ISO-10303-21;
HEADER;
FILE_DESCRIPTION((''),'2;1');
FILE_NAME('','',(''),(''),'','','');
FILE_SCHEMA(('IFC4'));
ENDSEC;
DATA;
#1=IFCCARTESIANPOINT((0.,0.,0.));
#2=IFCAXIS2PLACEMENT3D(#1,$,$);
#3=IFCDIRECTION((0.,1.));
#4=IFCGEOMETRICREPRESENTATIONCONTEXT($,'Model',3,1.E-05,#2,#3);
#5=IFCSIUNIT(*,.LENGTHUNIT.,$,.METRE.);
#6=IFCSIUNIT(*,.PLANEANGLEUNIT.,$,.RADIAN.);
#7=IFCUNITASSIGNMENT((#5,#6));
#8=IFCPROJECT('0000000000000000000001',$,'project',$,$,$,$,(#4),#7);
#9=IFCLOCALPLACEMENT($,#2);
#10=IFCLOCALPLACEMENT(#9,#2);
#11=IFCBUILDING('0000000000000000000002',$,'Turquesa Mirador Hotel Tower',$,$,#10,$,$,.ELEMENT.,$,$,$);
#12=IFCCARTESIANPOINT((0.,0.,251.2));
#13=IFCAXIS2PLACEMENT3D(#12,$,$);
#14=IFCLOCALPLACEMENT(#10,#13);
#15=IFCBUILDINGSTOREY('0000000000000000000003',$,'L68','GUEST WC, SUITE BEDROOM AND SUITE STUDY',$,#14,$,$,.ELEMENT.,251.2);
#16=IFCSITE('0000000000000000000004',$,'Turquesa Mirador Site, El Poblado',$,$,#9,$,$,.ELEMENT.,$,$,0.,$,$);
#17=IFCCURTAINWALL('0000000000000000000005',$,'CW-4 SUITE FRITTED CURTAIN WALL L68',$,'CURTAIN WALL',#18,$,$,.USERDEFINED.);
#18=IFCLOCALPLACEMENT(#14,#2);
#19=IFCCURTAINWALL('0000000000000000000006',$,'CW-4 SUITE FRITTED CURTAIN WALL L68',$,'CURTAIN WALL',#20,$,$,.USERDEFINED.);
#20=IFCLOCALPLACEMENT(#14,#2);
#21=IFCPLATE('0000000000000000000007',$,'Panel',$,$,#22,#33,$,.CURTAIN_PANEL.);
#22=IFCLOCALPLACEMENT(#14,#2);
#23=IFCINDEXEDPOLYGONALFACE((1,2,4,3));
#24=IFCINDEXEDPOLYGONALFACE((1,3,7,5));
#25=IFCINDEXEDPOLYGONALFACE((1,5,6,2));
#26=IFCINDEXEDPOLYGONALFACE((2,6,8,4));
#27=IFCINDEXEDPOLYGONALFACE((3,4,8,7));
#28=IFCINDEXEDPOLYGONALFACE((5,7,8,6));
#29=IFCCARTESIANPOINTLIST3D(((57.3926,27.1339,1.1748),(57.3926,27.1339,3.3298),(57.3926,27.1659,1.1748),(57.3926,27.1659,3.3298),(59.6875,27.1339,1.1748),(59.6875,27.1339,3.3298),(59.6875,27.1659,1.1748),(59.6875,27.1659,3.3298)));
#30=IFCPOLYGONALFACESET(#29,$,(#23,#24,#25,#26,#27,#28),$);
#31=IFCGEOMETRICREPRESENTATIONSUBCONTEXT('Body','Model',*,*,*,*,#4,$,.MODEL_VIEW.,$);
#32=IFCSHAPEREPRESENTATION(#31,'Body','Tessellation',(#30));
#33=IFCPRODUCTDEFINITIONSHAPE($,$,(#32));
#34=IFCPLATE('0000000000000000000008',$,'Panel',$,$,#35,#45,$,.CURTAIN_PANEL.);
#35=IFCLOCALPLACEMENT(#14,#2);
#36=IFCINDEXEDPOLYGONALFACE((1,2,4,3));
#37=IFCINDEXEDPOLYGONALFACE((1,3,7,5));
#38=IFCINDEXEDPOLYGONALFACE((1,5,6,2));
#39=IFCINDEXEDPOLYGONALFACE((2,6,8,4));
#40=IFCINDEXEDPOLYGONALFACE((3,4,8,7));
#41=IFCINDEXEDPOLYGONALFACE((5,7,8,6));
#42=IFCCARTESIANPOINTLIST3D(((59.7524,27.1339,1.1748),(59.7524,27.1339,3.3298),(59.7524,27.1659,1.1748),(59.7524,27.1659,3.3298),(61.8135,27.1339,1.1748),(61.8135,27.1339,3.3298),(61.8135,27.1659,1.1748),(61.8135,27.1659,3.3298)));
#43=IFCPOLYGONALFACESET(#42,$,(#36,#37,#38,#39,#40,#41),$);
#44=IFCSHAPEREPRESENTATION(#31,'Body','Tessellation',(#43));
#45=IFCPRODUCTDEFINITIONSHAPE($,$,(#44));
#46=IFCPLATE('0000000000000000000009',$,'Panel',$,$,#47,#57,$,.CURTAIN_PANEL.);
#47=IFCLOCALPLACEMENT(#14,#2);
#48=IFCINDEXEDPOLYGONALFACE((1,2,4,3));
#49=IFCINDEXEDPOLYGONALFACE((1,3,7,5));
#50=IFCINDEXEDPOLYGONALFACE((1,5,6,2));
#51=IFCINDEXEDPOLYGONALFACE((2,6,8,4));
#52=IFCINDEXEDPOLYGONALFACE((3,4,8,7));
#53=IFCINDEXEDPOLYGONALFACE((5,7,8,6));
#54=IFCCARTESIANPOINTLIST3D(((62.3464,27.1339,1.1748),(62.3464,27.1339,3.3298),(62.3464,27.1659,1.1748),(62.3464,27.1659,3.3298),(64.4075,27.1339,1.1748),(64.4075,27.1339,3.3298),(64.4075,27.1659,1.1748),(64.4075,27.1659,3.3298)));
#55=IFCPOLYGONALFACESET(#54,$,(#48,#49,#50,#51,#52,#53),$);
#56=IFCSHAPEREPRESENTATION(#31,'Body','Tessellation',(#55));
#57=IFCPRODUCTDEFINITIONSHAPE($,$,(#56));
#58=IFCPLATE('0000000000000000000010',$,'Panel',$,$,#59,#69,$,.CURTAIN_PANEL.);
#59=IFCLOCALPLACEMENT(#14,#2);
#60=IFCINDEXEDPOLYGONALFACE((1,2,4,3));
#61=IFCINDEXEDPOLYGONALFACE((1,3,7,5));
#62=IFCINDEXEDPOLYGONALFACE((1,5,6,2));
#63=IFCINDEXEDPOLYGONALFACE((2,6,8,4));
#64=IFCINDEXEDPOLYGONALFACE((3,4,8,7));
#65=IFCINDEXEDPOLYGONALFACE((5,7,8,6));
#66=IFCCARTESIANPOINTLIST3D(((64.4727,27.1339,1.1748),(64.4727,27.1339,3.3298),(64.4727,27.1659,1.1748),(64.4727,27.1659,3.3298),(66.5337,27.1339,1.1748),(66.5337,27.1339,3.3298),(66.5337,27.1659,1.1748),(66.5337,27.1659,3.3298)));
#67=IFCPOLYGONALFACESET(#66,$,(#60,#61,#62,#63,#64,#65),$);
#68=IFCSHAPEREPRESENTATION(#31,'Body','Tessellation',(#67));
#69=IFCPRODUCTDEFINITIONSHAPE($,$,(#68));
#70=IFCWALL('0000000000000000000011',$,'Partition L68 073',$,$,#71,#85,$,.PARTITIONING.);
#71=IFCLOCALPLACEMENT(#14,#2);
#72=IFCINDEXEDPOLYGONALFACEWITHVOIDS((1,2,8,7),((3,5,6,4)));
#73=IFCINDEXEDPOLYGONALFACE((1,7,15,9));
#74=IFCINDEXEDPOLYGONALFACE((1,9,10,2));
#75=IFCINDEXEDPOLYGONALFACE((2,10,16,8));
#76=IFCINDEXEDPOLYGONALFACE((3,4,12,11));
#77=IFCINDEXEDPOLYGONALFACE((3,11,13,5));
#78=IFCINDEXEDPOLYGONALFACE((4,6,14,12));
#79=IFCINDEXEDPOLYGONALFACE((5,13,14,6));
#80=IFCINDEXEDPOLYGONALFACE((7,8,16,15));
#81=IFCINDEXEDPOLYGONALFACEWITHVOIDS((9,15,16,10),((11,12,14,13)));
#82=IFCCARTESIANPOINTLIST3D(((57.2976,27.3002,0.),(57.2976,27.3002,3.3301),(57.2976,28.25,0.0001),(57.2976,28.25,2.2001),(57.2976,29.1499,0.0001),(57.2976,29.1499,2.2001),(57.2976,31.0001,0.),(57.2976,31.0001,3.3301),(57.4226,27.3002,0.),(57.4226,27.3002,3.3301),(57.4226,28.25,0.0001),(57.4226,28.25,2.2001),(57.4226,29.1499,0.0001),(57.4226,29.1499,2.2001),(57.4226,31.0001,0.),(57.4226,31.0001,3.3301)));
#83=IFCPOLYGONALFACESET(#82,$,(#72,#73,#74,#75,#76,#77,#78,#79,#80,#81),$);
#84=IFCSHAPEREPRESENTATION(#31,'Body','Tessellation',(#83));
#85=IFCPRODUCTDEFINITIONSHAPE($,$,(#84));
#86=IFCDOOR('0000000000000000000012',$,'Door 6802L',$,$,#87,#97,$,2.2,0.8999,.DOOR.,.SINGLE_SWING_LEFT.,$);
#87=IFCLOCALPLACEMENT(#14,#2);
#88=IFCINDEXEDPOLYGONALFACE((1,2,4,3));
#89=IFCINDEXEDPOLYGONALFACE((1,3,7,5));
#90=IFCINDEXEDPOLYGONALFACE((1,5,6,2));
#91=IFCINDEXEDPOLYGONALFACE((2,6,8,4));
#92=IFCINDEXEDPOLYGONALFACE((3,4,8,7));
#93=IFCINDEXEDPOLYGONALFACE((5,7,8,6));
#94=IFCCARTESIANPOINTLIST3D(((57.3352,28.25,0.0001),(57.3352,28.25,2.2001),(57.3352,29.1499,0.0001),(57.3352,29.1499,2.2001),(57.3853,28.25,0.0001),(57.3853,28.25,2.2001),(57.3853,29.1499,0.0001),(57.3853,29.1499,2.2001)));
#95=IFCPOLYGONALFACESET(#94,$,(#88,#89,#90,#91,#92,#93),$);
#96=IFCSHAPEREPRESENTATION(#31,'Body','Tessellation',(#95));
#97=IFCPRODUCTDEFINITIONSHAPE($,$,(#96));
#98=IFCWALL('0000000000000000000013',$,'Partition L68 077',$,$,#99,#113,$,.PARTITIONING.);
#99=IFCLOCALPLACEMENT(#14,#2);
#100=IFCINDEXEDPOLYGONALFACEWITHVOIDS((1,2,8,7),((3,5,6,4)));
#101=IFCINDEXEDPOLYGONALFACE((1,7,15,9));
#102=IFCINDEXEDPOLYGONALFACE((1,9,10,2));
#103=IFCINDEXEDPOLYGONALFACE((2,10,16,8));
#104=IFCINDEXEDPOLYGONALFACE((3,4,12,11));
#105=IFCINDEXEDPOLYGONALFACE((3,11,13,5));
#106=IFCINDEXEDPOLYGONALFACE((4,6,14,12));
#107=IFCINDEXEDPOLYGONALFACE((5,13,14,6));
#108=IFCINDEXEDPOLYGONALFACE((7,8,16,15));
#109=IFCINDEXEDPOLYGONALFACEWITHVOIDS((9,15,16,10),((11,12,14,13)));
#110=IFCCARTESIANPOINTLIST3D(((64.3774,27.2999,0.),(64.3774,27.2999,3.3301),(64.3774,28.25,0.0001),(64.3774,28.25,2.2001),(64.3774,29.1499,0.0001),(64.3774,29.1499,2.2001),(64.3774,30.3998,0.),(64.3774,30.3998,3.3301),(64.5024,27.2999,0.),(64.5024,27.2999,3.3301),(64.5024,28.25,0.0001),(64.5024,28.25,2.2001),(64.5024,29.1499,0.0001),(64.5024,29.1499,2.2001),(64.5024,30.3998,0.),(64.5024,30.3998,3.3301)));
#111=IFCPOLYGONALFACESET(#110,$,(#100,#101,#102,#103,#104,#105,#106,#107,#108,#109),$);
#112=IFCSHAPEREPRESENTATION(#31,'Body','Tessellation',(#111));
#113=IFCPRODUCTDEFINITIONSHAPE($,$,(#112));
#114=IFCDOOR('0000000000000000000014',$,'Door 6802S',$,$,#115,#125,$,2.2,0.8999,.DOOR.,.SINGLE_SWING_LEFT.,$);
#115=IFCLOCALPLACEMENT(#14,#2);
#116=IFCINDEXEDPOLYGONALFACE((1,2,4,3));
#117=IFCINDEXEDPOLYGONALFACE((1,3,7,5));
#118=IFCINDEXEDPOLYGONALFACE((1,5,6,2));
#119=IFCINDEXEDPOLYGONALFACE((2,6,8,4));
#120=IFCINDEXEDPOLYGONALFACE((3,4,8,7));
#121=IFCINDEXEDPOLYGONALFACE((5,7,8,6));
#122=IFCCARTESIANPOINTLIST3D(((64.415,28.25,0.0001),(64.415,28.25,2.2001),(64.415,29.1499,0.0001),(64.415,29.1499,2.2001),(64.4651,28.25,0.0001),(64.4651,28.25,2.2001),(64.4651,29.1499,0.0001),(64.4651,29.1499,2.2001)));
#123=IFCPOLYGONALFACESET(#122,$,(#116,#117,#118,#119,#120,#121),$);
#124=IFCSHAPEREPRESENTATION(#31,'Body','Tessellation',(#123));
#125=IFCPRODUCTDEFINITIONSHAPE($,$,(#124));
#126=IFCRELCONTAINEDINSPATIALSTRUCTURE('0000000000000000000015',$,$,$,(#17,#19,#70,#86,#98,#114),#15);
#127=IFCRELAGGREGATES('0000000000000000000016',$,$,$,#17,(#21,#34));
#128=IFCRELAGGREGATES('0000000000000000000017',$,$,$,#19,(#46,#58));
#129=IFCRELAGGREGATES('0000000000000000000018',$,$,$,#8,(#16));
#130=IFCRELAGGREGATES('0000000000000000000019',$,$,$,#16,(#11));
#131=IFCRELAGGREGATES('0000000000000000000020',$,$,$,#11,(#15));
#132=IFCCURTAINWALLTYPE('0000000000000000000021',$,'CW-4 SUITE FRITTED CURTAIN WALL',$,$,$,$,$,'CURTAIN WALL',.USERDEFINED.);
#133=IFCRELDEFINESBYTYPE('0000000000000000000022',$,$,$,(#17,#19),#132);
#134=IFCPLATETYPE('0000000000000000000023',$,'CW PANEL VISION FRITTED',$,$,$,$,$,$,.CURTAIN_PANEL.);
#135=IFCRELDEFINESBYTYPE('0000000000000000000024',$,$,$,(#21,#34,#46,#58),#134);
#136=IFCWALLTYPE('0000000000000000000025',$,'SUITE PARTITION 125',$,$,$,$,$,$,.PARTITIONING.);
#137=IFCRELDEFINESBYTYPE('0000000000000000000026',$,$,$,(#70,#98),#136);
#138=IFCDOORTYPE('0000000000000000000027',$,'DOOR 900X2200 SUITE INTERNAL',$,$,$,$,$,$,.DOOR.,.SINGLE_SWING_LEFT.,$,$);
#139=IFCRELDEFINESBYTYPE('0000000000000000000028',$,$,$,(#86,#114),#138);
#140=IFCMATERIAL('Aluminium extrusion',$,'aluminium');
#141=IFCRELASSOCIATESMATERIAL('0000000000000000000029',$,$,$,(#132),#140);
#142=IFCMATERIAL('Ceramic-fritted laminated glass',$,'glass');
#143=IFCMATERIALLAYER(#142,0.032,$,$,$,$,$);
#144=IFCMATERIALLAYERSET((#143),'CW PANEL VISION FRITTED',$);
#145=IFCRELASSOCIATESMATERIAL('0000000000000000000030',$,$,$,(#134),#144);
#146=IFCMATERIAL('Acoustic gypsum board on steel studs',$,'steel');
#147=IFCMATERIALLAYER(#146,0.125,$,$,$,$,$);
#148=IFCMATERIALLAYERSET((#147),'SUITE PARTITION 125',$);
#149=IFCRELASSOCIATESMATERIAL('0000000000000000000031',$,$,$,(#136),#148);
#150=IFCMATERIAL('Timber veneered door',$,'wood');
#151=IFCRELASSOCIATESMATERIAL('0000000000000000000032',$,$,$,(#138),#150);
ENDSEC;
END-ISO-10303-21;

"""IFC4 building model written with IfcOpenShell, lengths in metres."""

from ifc_helpers import new_model, si_unit, direction, frame, frame_2d, origin, origin_2d, place, context, subcontext, project, spatial, rectangle, extrude, material, layer, layer_set, type_object, element, fill, aggregate, save


model = new_model("IFC4")

# Units and contexts
model_context = context("Model", 3, precision=1e-05, world=origin(), true_north=direction((0.0, 1.0)))
body_context = subcontext(model_context, "Body", "Model", "MODEL_VIEW")
ifc_project = project(units=[si_unit("LENGTHUNIT", "METRE"), si_unit("PLANEANGLEUNIT", "RADIAN")], contexts=[model_context])

# Site, building, storey
site_placement = place(None, origin())
site = spatial("IfcSite", under=ifc_project, at=site_placement, Name="Turquesa Mirador Site, El Poblado", CompositionType="ELEMENT", RefElevation=0.0)
building_placement = place(site_placement, origin())
building = spatial("IfcBuilding", under=site, at=building_placement, Name="Turquesa Mirador Hotel Tower", CompositionType="ELEMENT")
storey_placement = place(building_placement, frame((0.0, 0.0, 251.2)))
storey = spatial("IfcBuildingStorey", under=building, at=storey_placement, Name="L68", Description="GUEST WC, SUITE BEDROOM AND SUITE STUDY", CompositionType="ELEMENT", Elevation=251.2)

# Curtain walls
ifc_material_1 = material(Name="Aluminium extrusion", Category="aluminium")
curtain_wall_type = type_object("IfcCurtainWallType", Name="CW-4 SUITE FRITTED CURTAIN WALL", ElementType="CURTAIN WALL", PredefinedType="USERDEFINED", material=ifc_material_1)
curtain_wall_1_placement = place(storey_placement, origin())
curtain_wall_1 = element("IfcCurtainWall", 1, at=curtain_wall_1_placement, inside=storey, type_object=curtain_wall_type, Name="CW-4 SUITE FRITTED CURTAIN WALL L68", ObjectType="CURTAIN WALL", PredefinedType="USERDEFINED")
curtain_wall_2_placement = place(storey_placement, origin())
curtain_wall_2 = element("IfcCurtainWall", 2, at=curtain_wall_2_placement, inside=storey, type_object=curtain_wall_type, Name="CW-4 SUITE FRITTED CURTAIN WALL L68", ObjectType="CURTAIN WALL", PredefinedType="USERDEFINED")

# Plates
ifc_material_2 = material(Name="Ceramic-fritted laminated glass", Category="glass")
ifc_layer_1 = layer(ifc_material_2, 0.032)
ifc_layer_set_1 = layer_set([ifc_layer_1], Name="CW PANEL VISION FRITTED")
plate_type_1 = type_object("IfcPlateType", Name="CW PANEL VISION FRITTED", PredefinedType="CURTAIN_PANEL", material=ifc_layer_set_1)
plate_1_placement = place(storey_placement, frame((58.54, 27.1499, 1.1748), z_axis=(0.0, 0.0, 1.0), x_axis=(1.0, 0.0, 0.0)))
plate_1 = element("IfcPlate", 3, at=plate_1_placement, type_object=plate_type_1, Name="Panel", PredefinedType="CURTAIN_PANEL", context=body_context, shape_type="SweptSolid", body=[
    extrude(rectangle(XDim=2.2949, YDim=0.032, at=origin_2d()), origin(), (0.0, 0.0, 1.0), 2.155),
])
plate_2_placement = place(storey_placement, frame((60.783, 27.1499, 1.1748), z_axis=(0.0, 0.0, 1.0), x_axis=(1.0, 0.0, 0.0)))
plate_2 = element("IfcPlate", 4, at=plate_2_placement, type_object=plate_type_1, Name="Panel", PredefinedType="CURTAIN_PANEL", context=body_context, shape_type="SweptSolid", body=[
    extrude(rectangle(XDim=2.061, YDim=0.032, at=origin_2d()), origin(), (0.0, 0.0, 1.0), 2.155),
])
aggregate(curtain_wall_1, [plate_1, plate_2])
plate_3_placement = place(storey_placement, frame((63.377, 27.1499, 1.1748), z_axis=(0.0, 0.0, 1.0), x_axis=(1.0, 0.0, 0.0)))
plate_3 = element("IfcPlate", 5, at=plate_3_placement, type_object=plate_type_1, Name="Panel", PredefinedType="CURTAIN_PANEL", context=body_context, shape_type="SweptSolid", body=[
    extrude(rectangle(XDim=2.061, YDim=0.032, at=origin_2d()), origin(), (0.0, 0.0, 1.0), 2.155),
])
plate_4_placement = place(storey_placement, frame((65.5032, 27.1499, 1.1748), z_axis=(0.0, 0.0, 1.0), x_axis=(1.0, 0.0, 0.0)))
plate_4 = element("IfcPlate", 6, at=plate_4_placement, type_object=plate_type_1, Name="Panel", PredefinedType="CURTAIN_PANEL", context=body_context, shape_type="SweptSolid", body=[
    extrude(rectangle(XDim=2.061, YDim=0.032, at=origin_2d()), origin(), (0.0, 0.0, 1.0), 2.155),
])
aggregate(curtain_wall_2, [plate_3, plate_4])

# Walls, openings, doors
ifc_material_3 = material(Name="Acoustic gypsum board on steel studs", Category="steel")
ifc_layer_2 = layer(ifc_material_3, 0.125)
ifc_layer_set_2 = layer_set([ifc_layer_2], Name="SUITE PARTITION 125")
wall_type = type_object("IfcWallType", Name="SUITE PARTITION 125", PredefinedType="PARTITIONING", material=ifc_layer_set_2)
wall_1_placement = place(storey_placement, frame((57.3601, 27.3, 0.0), z_axis=(0.0, 0.0, 1.0), x_axis=(0.0, 1.0, 0.0)))
wall_1 = element("IfcWall", 7, at=wall_1_placement, inside=storey, type_object=wall_type, Name="Partition L68 073", PredefinedType="PARTITIONING", context=body_context, shape_type="SweptSolid", body=[
    extrude(rectangle(XDim=3.7, YDim=0.125, at=frame_2d((1.8501, 0.0))), origin(), (0.0, 0.0, 1.0), 3.3301),
])
opening_1_placement = place(wall_1_placement, frame((0.95, 0.0, 0.0)))
opening_1 = element("IfcOpeningElement", 8, at=opening_1_placement, cuts=wall_1, PredefinedType="OPENING", context=body_context, shape_type="SweptSolid", body=[
    extrude(rectangle(XDim=0.8999, YDim=2.2, at=frame_2d((0.45, 1.1001))), frame((0.0, 0.0725, 0.0), z_axis=(0.0, -1.0, 0.0), x_axis=(1.0, 0.0, 0.0)), (0.0, 0.0, 1.0), 0.145),
])
ifc_material_4 = material(Name="Timber veneered door", Category="wood")
door_type = type_object("IfcDoorType", Name="DOOR 900X2200 SUITE INTERNAL", OperationType="SINGLE_SWING_LEFT", PredefinedType="DOOR", material=ifc_material_4)
door_1_placement = place(opening_1_placement, origin())
door_1 = element("IfcDoor", 9, at=door_1_placement, inside=storey, type_object=door_type, Name="Door 6802L", OperationType="SINGLE_SWING_LEFT", OverallHeight=2.2, OverallWidth=0.8999, PredefinedType="DOOR", context=body_context, shape_type="SweptSolid", body=[
    extrude(rectangle(XDim=0.8999, YDim=2.2, at=frame_2d((0.45, 1.1001))), frame((0.0, 0.0249, 0.0), z_axis=(0.0, -1.0, 0.0), x_axis=(1.0, 0.0, 0.0)), (0.0, 0.0, 1.0), 0.05),
])
fill(opening_1, door_1)
wall_2_placement = place(storey_placement, frame((64.4399, 27.3, 0.0), z_axis=(0.0, 0.0, 1.0), x_axis=(0.0, 1.0, 0.0)))
wall_2 = element("IfcWall", 10, at=wall_2_placement, inside=storey, type_object=wall_type, Name="Partition L68 077", PredefinedType="PARTITIONING", context=body_context, shape_type="SweptSolid", body=[
    extrude(rectangle(XDim=3.0999, YDim=0.125, at=frame_2d((1.5498, 0.0))), origin(), (0.0, 0.0, 1.0), 3.3301),
])
opening_2_placement = place(wall_2_placement, frame((0.95, 0.0, 0.0)))
opening_2 = element("IfcOpeningElement", 11, at=opening_2_placement, cuts=wall_2, PredefinedType="OPENING", context=body_context, shape_type="SweptSolid", body=[
    extrude(rectangle(XDim=0.8999, YDim=2.2, at=frame_2d((0.45, 1.1001))), frame((0.0, 0.0725, 0.0), z_axis=(0.0, -1.0, 0.0), x_axis=(1.0, 0.0, 0.0)), (0.0, 0.0, 1.0), 0.145),
])
door_2_placement = place(opening_2_placement, origin())
door_2 = element("IfcDoor", 12, at=door_2_placement, inside=storey, type_object=door_type, Name="Door 6802S", OperationType="SINGLE_SWING_LEFT", OverallHeight=2.2, OverallWidth=0.8999, PredefinedType="DOOR", context=body_context, shape_type="SweptSolid", body=[
    extrude(rectangle(XDim=0.8999, YDim=2.2, at=frame_2d((0.45, 1.1001))), frame((0.0, 0.0249, 0.0), z_axis=(0.0, -1.0, 0.0), x_axis=(1.0, 0.0, 0.0)), (0.0, 0.0, 1.0), 0.05),
])
fill(opening_2, door_2)

save(model, "model.ifc")
